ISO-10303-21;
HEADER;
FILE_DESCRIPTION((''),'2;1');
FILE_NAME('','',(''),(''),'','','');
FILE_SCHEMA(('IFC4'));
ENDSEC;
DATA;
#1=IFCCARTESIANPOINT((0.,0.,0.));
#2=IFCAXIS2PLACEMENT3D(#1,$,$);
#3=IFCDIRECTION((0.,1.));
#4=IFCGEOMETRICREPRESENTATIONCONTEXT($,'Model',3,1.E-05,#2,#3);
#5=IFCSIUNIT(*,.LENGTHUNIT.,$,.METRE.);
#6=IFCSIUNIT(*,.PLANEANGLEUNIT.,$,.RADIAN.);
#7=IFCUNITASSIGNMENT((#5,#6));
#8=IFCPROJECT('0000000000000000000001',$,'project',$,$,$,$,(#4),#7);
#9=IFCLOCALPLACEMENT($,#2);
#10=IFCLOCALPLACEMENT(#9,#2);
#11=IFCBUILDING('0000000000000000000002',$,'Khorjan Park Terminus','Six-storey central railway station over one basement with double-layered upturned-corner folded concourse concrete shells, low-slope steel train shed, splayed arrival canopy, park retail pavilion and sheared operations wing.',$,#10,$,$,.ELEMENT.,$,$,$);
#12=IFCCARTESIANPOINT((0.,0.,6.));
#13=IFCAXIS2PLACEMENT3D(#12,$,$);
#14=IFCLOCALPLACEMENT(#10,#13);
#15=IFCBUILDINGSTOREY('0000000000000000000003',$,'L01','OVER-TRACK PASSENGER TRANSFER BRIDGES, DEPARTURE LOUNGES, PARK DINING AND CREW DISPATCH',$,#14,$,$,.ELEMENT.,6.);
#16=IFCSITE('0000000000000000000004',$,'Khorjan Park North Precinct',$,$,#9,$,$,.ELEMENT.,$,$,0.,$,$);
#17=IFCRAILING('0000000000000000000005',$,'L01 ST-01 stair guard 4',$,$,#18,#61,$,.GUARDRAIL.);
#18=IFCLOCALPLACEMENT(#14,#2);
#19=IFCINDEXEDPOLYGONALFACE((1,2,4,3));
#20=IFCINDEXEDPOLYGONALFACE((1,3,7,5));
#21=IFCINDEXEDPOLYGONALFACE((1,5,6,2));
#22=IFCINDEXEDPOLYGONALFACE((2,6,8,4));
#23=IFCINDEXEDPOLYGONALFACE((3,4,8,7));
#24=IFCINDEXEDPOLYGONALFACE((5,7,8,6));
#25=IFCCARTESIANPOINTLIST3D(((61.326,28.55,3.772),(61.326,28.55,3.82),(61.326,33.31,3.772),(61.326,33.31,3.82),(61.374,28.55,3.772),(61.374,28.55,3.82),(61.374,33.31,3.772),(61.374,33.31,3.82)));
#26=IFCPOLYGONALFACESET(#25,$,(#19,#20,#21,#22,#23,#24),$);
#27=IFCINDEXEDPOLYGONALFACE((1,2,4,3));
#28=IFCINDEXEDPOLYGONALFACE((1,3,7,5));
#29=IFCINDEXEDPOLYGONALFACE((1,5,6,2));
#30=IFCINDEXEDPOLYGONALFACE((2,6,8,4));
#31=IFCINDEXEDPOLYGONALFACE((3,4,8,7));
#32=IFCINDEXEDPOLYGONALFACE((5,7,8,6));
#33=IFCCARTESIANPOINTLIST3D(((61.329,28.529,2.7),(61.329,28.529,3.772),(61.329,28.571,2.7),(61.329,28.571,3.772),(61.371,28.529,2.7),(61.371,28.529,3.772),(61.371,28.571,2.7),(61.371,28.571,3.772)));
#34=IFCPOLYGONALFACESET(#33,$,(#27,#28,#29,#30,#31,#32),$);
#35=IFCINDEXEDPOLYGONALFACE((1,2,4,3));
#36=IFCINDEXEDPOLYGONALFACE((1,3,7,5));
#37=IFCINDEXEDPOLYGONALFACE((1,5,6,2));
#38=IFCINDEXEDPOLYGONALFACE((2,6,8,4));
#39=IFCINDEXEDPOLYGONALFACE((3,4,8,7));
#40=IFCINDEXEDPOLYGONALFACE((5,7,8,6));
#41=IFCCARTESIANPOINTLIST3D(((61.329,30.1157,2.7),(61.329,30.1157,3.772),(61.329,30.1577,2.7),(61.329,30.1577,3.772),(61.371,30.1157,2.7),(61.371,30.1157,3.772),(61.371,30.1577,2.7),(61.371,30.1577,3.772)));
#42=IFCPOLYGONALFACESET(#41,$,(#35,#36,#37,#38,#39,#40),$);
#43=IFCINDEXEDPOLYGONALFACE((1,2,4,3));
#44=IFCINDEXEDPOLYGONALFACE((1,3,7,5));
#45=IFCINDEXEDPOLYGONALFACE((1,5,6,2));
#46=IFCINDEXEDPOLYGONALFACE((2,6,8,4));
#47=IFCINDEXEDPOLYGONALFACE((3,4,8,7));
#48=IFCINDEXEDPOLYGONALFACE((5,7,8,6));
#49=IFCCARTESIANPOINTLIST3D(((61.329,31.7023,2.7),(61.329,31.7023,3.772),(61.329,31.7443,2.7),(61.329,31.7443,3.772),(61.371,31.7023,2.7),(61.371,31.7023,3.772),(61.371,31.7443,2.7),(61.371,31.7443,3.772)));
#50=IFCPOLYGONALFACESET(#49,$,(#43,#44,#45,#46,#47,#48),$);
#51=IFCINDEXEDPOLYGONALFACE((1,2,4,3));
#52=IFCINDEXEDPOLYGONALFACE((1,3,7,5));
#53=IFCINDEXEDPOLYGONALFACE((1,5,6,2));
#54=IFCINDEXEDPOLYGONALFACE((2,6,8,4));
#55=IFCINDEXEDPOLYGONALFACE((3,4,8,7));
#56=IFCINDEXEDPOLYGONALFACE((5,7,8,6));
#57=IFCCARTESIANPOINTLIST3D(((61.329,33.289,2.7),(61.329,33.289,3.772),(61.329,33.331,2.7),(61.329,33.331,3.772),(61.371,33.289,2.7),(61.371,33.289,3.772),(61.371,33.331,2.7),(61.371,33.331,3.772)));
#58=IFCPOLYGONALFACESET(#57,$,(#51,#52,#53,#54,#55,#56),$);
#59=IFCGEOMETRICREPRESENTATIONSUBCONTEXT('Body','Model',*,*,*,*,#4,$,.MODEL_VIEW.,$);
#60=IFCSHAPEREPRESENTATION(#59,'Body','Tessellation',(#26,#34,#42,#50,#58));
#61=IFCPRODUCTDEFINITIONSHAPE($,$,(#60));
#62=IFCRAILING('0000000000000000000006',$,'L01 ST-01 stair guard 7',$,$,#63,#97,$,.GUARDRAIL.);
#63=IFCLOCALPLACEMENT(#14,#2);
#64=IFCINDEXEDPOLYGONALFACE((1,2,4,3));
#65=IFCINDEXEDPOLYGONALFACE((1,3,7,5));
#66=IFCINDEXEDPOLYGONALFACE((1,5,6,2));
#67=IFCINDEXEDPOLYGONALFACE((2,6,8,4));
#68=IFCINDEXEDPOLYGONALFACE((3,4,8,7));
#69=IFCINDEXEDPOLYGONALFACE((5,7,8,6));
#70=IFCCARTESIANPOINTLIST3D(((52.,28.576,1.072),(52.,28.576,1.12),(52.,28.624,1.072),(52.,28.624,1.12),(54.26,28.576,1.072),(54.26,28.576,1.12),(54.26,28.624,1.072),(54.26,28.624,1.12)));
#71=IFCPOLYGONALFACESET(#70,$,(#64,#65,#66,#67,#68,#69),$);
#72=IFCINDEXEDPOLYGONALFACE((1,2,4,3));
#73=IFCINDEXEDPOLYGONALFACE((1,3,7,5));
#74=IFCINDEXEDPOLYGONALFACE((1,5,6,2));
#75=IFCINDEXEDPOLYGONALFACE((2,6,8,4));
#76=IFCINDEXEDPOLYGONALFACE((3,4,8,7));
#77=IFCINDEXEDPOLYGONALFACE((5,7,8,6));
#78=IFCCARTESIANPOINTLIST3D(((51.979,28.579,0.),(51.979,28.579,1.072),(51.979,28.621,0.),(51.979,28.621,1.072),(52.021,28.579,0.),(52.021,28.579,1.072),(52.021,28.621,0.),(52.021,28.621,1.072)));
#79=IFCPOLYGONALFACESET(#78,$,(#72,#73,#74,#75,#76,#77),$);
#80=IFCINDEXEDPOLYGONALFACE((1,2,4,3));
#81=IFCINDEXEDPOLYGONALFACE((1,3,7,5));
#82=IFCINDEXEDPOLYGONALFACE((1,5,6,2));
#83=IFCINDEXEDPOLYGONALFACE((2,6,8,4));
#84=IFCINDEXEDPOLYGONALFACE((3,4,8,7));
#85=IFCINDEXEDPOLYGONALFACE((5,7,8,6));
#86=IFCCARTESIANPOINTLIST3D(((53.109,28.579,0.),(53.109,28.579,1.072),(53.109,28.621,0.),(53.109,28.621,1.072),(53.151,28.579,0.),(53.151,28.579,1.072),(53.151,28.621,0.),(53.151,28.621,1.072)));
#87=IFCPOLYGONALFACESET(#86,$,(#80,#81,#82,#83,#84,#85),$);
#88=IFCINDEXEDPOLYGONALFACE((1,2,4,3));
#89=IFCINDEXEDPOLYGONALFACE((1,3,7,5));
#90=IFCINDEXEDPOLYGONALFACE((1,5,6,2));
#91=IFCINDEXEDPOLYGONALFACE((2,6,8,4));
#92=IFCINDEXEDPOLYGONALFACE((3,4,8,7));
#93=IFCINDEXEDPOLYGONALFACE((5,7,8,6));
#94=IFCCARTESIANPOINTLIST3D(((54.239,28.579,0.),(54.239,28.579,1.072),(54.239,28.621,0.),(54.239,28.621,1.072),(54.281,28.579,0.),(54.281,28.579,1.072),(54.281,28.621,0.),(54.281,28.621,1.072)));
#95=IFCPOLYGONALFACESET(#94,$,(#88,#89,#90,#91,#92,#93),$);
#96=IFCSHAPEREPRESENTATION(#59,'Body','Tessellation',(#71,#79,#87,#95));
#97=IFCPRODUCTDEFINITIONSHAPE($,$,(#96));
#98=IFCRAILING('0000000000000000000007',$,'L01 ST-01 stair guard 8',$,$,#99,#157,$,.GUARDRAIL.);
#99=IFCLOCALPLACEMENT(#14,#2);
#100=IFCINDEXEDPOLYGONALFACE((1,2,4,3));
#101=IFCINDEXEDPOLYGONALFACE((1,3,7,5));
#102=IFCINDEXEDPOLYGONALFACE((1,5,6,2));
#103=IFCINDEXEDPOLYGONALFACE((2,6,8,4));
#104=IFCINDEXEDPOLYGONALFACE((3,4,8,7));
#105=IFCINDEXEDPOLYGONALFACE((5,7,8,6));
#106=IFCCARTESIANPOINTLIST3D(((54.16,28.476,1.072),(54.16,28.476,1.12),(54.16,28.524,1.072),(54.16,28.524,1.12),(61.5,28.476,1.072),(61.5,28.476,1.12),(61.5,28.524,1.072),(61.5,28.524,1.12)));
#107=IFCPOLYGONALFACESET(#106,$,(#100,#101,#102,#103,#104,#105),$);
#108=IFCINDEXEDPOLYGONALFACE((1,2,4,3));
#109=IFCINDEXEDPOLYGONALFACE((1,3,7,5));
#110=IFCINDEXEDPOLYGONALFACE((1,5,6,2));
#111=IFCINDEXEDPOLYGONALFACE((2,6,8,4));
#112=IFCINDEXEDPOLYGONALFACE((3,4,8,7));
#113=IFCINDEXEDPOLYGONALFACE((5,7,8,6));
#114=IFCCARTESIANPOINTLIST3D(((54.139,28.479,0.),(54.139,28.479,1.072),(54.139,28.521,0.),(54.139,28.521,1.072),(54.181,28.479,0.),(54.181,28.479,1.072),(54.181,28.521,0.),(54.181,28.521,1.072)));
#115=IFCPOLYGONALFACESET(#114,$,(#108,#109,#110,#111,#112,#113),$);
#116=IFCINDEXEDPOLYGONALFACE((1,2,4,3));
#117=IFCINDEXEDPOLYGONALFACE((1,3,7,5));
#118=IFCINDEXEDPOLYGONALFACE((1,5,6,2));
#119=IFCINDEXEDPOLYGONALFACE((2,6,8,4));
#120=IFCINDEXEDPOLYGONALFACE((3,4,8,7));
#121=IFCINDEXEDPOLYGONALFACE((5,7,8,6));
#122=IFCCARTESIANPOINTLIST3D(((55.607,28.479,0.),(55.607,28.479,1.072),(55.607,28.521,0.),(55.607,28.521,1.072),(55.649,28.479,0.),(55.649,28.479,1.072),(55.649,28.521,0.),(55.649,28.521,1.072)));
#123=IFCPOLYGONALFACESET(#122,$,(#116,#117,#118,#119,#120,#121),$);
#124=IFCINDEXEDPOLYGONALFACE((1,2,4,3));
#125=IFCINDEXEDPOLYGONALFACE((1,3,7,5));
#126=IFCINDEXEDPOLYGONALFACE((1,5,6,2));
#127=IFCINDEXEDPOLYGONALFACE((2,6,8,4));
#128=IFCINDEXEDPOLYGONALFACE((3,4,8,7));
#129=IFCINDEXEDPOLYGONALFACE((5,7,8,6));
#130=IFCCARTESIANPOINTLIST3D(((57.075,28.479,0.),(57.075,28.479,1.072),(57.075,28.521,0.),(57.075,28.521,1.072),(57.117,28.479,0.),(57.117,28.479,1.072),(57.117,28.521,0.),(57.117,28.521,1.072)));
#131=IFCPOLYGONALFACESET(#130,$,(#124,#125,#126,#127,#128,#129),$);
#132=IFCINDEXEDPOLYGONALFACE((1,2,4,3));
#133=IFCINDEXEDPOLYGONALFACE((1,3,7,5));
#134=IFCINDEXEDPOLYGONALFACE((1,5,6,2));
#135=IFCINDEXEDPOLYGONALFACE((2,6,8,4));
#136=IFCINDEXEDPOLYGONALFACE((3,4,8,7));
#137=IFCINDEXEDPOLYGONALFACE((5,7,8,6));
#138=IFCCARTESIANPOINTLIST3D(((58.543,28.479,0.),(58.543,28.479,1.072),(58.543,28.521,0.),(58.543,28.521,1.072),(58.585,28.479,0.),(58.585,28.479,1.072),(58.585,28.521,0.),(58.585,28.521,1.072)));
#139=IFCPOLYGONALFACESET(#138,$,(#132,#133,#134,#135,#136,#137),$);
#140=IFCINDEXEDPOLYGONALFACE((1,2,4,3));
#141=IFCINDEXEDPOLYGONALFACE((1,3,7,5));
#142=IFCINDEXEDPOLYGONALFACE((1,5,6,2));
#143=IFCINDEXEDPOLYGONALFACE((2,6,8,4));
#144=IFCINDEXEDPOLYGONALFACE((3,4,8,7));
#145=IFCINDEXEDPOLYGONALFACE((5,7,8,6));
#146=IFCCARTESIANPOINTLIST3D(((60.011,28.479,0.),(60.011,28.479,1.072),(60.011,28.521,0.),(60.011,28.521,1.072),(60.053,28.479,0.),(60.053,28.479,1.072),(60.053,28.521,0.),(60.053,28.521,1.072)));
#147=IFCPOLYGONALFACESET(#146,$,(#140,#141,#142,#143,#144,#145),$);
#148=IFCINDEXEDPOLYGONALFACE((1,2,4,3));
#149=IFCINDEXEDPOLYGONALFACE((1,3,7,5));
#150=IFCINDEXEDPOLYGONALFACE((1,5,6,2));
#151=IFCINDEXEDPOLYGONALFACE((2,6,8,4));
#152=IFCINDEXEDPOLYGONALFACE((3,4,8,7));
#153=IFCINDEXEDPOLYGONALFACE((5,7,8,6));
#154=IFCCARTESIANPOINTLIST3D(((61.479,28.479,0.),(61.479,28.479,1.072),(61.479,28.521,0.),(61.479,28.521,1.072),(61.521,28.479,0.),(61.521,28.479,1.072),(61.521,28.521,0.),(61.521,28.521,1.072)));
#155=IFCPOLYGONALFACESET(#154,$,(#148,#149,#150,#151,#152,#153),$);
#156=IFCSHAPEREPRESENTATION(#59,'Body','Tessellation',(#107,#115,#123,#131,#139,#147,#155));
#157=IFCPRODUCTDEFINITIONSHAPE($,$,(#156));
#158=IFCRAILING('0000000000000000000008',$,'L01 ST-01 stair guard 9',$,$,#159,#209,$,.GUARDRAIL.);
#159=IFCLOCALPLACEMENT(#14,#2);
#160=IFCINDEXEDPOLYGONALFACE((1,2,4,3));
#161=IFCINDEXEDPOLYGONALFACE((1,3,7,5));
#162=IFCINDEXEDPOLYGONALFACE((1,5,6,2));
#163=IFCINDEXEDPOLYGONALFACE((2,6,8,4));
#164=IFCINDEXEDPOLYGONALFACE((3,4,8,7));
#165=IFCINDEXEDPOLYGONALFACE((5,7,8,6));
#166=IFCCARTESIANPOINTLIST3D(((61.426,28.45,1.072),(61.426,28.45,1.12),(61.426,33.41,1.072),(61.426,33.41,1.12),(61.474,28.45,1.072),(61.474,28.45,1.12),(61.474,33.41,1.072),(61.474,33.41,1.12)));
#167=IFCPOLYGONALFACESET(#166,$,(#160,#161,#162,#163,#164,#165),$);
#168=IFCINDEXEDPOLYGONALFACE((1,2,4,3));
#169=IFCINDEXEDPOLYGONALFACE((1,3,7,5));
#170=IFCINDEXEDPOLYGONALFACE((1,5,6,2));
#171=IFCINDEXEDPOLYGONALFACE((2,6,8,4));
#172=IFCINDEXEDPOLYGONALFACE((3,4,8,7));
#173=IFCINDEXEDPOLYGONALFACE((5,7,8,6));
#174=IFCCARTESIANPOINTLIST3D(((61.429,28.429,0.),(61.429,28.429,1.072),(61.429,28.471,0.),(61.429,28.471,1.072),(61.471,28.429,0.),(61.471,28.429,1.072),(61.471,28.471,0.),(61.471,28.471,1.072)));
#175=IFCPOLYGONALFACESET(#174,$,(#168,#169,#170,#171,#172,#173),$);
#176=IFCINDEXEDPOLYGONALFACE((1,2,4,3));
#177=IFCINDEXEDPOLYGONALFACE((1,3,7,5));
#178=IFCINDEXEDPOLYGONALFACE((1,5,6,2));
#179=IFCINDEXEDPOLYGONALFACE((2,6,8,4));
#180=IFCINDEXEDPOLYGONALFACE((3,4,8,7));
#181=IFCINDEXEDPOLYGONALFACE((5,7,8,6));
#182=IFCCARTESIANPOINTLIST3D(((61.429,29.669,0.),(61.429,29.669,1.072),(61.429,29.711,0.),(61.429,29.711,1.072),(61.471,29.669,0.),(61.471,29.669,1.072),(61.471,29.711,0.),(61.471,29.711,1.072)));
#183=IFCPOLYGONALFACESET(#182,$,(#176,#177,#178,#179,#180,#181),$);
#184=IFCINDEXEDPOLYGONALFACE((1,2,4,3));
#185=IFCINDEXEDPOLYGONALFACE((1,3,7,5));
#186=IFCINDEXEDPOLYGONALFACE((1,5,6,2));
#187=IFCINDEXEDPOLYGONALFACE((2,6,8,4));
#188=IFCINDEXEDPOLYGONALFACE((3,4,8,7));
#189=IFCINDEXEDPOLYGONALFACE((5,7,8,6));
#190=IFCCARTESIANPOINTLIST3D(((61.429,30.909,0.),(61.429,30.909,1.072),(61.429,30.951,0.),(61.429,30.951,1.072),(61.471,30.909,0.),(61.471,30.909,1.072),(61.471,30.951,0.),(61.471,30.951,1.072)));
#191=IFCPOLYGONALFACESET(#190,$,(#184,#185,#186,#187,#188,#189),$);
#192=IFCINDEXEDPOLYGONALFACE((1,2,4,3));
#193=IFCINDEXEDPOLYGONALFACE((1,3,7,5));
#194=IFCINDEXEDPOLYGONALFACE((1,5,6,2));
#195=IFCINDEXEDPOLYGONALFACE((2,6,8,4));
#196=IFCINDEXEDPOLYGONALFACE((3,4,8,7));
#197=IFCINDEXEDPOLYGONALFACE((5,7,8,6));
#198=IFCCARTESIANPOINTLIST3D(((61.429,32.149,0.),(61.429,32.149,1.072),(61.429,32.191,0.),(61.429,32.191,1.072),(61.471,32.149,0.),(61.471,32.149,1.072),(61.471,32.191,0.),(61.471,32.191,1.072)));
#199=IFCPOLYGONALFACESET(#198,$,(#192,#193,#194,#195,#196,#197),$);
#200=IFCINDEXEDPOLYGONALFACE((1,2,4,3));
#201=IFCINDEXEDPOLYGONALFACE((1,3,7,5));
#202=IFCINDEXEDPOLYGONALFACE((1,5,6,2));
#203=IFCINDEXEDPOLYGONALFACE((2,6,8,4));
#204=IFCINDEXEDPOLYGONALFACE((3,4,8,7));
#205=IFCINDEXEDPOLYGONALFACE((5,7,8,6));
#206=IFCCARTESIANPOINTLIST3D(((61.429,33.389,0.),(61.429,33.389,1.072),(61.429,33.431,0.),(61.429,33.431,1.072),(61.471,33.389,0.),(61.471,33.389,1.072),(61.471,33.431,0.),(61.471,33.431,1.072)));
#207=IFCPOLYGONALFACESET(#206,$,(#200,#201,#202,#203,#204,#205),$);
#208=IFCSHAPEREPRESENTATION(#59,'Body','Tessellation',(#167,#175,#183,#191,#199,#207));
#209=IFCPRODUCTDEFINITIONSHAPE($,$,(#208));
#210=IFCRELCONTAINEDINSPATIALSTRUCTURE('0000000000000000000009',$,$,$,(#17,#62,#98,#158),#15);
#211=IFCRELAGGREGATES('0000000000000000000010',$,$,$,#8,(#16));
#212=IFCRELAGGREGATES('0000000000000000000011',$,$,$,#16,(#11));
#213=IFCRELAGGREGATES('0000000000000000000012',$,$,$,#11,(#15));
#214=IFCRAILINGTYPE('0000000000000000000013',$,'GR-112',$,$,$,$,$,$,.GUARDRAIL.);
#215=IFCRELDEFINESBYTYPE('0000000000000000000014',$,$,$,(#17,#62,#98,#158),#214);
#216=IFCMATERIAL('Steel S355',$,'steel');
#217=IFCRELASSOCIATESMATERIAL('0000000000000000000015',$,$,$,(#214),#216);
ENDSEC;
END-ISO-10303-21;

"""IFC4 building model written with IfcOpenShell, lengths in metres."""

from ifc_helpers import new_model, si_unit, direction, frame, origin, origin_2d, place, context, subcontext, project, spatial, rectangle, extrude, material, type_object, element, save


model = new_model("IFC4")

# Units and contexts
model_context = context("Model", 3, precision=1e-05, world=origin(), true_north=direction((0.0, 1.0)))
body_context = subcontext(model_context, "Body", "Model", "MODEL_VIEW")
ifc_project = project(units=[si_unit("LENGTHUNIT", "METRE"), si_unit("PLANEANGLEUNIT", "RADIAN")], contexts=[model_context])

# Site, building, storey
site_placement = place(None, origin())
site = spatial("IfcSite", under=ifc_project, at=site_placement, Name="Khorjan Park North Precinct", CompositionType="ELEMENT", RefElevation=0.0)
building_placement = place(site_placement, origin())
building = spatial("IfcBuilding", under=site, at=building_placement, Name="Khorjan Park Terminus", Description="Six-storey central railway station over one basement with double-layered upturned-corner folded concourse concrete shells, low-slope steel train shed, splayed arrival canopy, park retail pavilion and sheared operations wing.", CompositionType="ELEMENT")
storey_placement = place(building_placement, frame((0.0, 0.0, 6.0)))
storey = spatial("IfcBuildingStorey", under=building, at=storey_placement, Name="L01", Description="OVER-TRACK PASSENGER TRANSFER BRIDGES, DEPARTURE LOUNGES, PARK DINING AND CREW DISPATCH", CompositionType="ELEMENT", Elevation=6.0)

# Railings
ifc_material_1 = material(Name="Steel S355", Category="steel")
railing_type_1 = type_object("IfcRailingType", Name="GR-112", PredefinedType="GUARDRAIL", material=ifc_material_1)
railing_1_placement = place(storey_placement, frame((61.35, 28.55, 2.7)))
element("IfcRailing", 1, at=railing_1_placement, inside=storey, type_object=railing_type_1, Name="L01 ST-01 stair guard 4", PredefinedType="GUARDRAIL", context=body_context, shape_type="SweptSolid", body=[
    extrude(rectangle(XDim=0.048, YDim=0.048, at=origin_2d()), frame((0.0, 0.0, 1.096), z_axis=(0.0, 1.0, 0.0), x_axis=(-1.0, 0.0, 0.0)), (0.0, 0.0, 1.0), 4.76),
    extrude(rectangle(XDim=0.042, YDim=0.042, at=origin_2d()), origin(), (0.0, 0.0, 1.0), 1.072),
    extrude(rectangle(XDim=0.042, YDim=0.042, at=origin_2d()), frame((0.0, 1.5867, 0.0)), (0.0, 0.0, 1.0), 1.072),
    extrude(rectangle(XDim=0.042, YDim=0.042, at=origin_2d()), frame((0.0, 3.1733, 0.0)), (0.0, 0.0, 1.0), 1.072),
    extrude(rectangle(XDim=0.042, YDim=0.042, at=origin_2d()), frame((0.0, 4.76, 0.0)), (0.0, 0.0, 1.0), 1.072),
])
railing_2_placement = place(storey_placement, frame((52.0, 28.6, 0.0)))
element("IfcRailing", 2, at=railing_2_placement, inside=storey, type_object=railing_type_1, Name="L01 ST-01 stair guard 7", PredefinedType="GUARDRAIL", context=body_context, shape_type="SweptSolid", body=[
    extrude(rectangle(XDim=0.048, YDim=0.048, at=origin_2d()), frame((0.0, 0.0, 1.096), z_axis=(1.0, 0.0, 0.0), x_axis=(0.0, 1.0, 0.0)), (0.0, 0.0, 1.0), 2.26),
    extrude(rectangle(XDim=0.042, YDim=0.042, at=origin_2d()), origin(), (0.0, 0.0, 1.0), 1.072),
    extrude(rectangle(XDim=0.042, YDim=0.042, at=origin_2d()), frame((1.13, 0.0, 0.0)), (0.0, 0.0, 1.0), 1.072),
    extrude(rectangle(XDim=0.042, YDim=0.042, at=origin_2d()), frame((2.26, 0.0, 0.0)), (0.0, 0.0, 1.0), 1.072),
])
railing_3_placement = place(storey_placement, frame((54.16, 28.5, 0.0)))
element("IfcRailing", 3, at=railing_3_placement, inside=storey, type_object=railing_type_1, Name="L01 ST-01 stair guard 8", PredefinedType="GUARDRAIL", context=body_context, shape_type="SweptSolid", body=[
    extrude(rectangle(XDim=0.048, YDim=0.048, at=origin_2d()), frame((0.0, 0.0, 1.096), z_axis=(1.0, 0.0, 0.0), x_axis=(0.0, 1.0, 0.0)), (0.0, 0.0, 1.0), 7.34),
    extrude(rectangle(XDim=0.042, YDim=0.042, at=origin_2d()), origin(), (0.0, 0.0, 1.0), 1.072),
    extrude(rectangle(XDim=0.042, YDim=0.042, at=origin_2d()), frame((1.468, 0.0, 0.0)), (0.0, 0.0, 1.0), 1.072),
    extrude(rectangle(XDim=0.042, YDim=0.042, at=origin_2d()), frame((2.936, 0.0, 0.0)), (0.0, 0.0, 1.0), 1.072),
    extrude(rectangle(XDim=0.042, YDim=0.042, at=origin_2d()), frame((4.404, 0.0, 0.0)), (0.0, 0.0, 1.0), 1.072),
    extrude(rectangle(XDim=0.042, YDim=0.042, at=origin_2d()), frame((5.872, 0.0, 0.0)), (0.0, 0.0, 1.0), 1.072),
    extrude(rectangle(XDim=0.042, YDim=0.042, at=origin_2d()), frame((7.34, 0.0, 0.0)), (0.0, 0.0, 1.0), 1.072),
])
railing_4_placement = place(storey_placement, frame((61.45, 28.45, 0.0)))
element("IfcRailing", 4, at=railing_4_placement, inside=storey, type_object=railing_type_1, Name="L01 ST-01 stair guard 9", PredefinedType="GUARDRAIL", context=body_context, shape_type="SweptSolid", body=[
    extrude(rectangle(XDim=0.048, YDim=0.048, at=origin_2d()), frame((0.0, 0.0, 1.096), z_axis=(0.0, 1.0, 0.0), x_axis=(-1.0, 0.0, 0.0)), (0.0, 0.0, 1.0), 4.96),
    extrude(rectangle(XDim=0.042, YDim=0.042, at=origin_2d()), origin(), (0.0, 0.0, 1.0), 1.072),
    extrude(rectangle(XDim=0.042, YDim=0.042, at=origin_2d()), frame((0.0, 1.24, 0.0)), (0.0, 0.0, 1.0), 1.072),
    extrude(rectangle(XDim=0.042, YDim=0.042, at=origin_2d()), frame((0.0, 2.48, 0.0)), (0.0, 0.0, 1.0), 1.072),
    extrude(rectangle(XDim=0.042, YDim=0.042, at=origin_2d()), frame((0.0, 3.72, 0.0)), (0.0, 0.0, 1.0), 1.072),
    extrude(rectangle(XDim=0.042, YDim=0.042, at=origin_2d()), frame((0.0, 4.96, 0.0)), (0.0, 0.0, 1.0), 1.072),
])

save(model, "model.ifc")
